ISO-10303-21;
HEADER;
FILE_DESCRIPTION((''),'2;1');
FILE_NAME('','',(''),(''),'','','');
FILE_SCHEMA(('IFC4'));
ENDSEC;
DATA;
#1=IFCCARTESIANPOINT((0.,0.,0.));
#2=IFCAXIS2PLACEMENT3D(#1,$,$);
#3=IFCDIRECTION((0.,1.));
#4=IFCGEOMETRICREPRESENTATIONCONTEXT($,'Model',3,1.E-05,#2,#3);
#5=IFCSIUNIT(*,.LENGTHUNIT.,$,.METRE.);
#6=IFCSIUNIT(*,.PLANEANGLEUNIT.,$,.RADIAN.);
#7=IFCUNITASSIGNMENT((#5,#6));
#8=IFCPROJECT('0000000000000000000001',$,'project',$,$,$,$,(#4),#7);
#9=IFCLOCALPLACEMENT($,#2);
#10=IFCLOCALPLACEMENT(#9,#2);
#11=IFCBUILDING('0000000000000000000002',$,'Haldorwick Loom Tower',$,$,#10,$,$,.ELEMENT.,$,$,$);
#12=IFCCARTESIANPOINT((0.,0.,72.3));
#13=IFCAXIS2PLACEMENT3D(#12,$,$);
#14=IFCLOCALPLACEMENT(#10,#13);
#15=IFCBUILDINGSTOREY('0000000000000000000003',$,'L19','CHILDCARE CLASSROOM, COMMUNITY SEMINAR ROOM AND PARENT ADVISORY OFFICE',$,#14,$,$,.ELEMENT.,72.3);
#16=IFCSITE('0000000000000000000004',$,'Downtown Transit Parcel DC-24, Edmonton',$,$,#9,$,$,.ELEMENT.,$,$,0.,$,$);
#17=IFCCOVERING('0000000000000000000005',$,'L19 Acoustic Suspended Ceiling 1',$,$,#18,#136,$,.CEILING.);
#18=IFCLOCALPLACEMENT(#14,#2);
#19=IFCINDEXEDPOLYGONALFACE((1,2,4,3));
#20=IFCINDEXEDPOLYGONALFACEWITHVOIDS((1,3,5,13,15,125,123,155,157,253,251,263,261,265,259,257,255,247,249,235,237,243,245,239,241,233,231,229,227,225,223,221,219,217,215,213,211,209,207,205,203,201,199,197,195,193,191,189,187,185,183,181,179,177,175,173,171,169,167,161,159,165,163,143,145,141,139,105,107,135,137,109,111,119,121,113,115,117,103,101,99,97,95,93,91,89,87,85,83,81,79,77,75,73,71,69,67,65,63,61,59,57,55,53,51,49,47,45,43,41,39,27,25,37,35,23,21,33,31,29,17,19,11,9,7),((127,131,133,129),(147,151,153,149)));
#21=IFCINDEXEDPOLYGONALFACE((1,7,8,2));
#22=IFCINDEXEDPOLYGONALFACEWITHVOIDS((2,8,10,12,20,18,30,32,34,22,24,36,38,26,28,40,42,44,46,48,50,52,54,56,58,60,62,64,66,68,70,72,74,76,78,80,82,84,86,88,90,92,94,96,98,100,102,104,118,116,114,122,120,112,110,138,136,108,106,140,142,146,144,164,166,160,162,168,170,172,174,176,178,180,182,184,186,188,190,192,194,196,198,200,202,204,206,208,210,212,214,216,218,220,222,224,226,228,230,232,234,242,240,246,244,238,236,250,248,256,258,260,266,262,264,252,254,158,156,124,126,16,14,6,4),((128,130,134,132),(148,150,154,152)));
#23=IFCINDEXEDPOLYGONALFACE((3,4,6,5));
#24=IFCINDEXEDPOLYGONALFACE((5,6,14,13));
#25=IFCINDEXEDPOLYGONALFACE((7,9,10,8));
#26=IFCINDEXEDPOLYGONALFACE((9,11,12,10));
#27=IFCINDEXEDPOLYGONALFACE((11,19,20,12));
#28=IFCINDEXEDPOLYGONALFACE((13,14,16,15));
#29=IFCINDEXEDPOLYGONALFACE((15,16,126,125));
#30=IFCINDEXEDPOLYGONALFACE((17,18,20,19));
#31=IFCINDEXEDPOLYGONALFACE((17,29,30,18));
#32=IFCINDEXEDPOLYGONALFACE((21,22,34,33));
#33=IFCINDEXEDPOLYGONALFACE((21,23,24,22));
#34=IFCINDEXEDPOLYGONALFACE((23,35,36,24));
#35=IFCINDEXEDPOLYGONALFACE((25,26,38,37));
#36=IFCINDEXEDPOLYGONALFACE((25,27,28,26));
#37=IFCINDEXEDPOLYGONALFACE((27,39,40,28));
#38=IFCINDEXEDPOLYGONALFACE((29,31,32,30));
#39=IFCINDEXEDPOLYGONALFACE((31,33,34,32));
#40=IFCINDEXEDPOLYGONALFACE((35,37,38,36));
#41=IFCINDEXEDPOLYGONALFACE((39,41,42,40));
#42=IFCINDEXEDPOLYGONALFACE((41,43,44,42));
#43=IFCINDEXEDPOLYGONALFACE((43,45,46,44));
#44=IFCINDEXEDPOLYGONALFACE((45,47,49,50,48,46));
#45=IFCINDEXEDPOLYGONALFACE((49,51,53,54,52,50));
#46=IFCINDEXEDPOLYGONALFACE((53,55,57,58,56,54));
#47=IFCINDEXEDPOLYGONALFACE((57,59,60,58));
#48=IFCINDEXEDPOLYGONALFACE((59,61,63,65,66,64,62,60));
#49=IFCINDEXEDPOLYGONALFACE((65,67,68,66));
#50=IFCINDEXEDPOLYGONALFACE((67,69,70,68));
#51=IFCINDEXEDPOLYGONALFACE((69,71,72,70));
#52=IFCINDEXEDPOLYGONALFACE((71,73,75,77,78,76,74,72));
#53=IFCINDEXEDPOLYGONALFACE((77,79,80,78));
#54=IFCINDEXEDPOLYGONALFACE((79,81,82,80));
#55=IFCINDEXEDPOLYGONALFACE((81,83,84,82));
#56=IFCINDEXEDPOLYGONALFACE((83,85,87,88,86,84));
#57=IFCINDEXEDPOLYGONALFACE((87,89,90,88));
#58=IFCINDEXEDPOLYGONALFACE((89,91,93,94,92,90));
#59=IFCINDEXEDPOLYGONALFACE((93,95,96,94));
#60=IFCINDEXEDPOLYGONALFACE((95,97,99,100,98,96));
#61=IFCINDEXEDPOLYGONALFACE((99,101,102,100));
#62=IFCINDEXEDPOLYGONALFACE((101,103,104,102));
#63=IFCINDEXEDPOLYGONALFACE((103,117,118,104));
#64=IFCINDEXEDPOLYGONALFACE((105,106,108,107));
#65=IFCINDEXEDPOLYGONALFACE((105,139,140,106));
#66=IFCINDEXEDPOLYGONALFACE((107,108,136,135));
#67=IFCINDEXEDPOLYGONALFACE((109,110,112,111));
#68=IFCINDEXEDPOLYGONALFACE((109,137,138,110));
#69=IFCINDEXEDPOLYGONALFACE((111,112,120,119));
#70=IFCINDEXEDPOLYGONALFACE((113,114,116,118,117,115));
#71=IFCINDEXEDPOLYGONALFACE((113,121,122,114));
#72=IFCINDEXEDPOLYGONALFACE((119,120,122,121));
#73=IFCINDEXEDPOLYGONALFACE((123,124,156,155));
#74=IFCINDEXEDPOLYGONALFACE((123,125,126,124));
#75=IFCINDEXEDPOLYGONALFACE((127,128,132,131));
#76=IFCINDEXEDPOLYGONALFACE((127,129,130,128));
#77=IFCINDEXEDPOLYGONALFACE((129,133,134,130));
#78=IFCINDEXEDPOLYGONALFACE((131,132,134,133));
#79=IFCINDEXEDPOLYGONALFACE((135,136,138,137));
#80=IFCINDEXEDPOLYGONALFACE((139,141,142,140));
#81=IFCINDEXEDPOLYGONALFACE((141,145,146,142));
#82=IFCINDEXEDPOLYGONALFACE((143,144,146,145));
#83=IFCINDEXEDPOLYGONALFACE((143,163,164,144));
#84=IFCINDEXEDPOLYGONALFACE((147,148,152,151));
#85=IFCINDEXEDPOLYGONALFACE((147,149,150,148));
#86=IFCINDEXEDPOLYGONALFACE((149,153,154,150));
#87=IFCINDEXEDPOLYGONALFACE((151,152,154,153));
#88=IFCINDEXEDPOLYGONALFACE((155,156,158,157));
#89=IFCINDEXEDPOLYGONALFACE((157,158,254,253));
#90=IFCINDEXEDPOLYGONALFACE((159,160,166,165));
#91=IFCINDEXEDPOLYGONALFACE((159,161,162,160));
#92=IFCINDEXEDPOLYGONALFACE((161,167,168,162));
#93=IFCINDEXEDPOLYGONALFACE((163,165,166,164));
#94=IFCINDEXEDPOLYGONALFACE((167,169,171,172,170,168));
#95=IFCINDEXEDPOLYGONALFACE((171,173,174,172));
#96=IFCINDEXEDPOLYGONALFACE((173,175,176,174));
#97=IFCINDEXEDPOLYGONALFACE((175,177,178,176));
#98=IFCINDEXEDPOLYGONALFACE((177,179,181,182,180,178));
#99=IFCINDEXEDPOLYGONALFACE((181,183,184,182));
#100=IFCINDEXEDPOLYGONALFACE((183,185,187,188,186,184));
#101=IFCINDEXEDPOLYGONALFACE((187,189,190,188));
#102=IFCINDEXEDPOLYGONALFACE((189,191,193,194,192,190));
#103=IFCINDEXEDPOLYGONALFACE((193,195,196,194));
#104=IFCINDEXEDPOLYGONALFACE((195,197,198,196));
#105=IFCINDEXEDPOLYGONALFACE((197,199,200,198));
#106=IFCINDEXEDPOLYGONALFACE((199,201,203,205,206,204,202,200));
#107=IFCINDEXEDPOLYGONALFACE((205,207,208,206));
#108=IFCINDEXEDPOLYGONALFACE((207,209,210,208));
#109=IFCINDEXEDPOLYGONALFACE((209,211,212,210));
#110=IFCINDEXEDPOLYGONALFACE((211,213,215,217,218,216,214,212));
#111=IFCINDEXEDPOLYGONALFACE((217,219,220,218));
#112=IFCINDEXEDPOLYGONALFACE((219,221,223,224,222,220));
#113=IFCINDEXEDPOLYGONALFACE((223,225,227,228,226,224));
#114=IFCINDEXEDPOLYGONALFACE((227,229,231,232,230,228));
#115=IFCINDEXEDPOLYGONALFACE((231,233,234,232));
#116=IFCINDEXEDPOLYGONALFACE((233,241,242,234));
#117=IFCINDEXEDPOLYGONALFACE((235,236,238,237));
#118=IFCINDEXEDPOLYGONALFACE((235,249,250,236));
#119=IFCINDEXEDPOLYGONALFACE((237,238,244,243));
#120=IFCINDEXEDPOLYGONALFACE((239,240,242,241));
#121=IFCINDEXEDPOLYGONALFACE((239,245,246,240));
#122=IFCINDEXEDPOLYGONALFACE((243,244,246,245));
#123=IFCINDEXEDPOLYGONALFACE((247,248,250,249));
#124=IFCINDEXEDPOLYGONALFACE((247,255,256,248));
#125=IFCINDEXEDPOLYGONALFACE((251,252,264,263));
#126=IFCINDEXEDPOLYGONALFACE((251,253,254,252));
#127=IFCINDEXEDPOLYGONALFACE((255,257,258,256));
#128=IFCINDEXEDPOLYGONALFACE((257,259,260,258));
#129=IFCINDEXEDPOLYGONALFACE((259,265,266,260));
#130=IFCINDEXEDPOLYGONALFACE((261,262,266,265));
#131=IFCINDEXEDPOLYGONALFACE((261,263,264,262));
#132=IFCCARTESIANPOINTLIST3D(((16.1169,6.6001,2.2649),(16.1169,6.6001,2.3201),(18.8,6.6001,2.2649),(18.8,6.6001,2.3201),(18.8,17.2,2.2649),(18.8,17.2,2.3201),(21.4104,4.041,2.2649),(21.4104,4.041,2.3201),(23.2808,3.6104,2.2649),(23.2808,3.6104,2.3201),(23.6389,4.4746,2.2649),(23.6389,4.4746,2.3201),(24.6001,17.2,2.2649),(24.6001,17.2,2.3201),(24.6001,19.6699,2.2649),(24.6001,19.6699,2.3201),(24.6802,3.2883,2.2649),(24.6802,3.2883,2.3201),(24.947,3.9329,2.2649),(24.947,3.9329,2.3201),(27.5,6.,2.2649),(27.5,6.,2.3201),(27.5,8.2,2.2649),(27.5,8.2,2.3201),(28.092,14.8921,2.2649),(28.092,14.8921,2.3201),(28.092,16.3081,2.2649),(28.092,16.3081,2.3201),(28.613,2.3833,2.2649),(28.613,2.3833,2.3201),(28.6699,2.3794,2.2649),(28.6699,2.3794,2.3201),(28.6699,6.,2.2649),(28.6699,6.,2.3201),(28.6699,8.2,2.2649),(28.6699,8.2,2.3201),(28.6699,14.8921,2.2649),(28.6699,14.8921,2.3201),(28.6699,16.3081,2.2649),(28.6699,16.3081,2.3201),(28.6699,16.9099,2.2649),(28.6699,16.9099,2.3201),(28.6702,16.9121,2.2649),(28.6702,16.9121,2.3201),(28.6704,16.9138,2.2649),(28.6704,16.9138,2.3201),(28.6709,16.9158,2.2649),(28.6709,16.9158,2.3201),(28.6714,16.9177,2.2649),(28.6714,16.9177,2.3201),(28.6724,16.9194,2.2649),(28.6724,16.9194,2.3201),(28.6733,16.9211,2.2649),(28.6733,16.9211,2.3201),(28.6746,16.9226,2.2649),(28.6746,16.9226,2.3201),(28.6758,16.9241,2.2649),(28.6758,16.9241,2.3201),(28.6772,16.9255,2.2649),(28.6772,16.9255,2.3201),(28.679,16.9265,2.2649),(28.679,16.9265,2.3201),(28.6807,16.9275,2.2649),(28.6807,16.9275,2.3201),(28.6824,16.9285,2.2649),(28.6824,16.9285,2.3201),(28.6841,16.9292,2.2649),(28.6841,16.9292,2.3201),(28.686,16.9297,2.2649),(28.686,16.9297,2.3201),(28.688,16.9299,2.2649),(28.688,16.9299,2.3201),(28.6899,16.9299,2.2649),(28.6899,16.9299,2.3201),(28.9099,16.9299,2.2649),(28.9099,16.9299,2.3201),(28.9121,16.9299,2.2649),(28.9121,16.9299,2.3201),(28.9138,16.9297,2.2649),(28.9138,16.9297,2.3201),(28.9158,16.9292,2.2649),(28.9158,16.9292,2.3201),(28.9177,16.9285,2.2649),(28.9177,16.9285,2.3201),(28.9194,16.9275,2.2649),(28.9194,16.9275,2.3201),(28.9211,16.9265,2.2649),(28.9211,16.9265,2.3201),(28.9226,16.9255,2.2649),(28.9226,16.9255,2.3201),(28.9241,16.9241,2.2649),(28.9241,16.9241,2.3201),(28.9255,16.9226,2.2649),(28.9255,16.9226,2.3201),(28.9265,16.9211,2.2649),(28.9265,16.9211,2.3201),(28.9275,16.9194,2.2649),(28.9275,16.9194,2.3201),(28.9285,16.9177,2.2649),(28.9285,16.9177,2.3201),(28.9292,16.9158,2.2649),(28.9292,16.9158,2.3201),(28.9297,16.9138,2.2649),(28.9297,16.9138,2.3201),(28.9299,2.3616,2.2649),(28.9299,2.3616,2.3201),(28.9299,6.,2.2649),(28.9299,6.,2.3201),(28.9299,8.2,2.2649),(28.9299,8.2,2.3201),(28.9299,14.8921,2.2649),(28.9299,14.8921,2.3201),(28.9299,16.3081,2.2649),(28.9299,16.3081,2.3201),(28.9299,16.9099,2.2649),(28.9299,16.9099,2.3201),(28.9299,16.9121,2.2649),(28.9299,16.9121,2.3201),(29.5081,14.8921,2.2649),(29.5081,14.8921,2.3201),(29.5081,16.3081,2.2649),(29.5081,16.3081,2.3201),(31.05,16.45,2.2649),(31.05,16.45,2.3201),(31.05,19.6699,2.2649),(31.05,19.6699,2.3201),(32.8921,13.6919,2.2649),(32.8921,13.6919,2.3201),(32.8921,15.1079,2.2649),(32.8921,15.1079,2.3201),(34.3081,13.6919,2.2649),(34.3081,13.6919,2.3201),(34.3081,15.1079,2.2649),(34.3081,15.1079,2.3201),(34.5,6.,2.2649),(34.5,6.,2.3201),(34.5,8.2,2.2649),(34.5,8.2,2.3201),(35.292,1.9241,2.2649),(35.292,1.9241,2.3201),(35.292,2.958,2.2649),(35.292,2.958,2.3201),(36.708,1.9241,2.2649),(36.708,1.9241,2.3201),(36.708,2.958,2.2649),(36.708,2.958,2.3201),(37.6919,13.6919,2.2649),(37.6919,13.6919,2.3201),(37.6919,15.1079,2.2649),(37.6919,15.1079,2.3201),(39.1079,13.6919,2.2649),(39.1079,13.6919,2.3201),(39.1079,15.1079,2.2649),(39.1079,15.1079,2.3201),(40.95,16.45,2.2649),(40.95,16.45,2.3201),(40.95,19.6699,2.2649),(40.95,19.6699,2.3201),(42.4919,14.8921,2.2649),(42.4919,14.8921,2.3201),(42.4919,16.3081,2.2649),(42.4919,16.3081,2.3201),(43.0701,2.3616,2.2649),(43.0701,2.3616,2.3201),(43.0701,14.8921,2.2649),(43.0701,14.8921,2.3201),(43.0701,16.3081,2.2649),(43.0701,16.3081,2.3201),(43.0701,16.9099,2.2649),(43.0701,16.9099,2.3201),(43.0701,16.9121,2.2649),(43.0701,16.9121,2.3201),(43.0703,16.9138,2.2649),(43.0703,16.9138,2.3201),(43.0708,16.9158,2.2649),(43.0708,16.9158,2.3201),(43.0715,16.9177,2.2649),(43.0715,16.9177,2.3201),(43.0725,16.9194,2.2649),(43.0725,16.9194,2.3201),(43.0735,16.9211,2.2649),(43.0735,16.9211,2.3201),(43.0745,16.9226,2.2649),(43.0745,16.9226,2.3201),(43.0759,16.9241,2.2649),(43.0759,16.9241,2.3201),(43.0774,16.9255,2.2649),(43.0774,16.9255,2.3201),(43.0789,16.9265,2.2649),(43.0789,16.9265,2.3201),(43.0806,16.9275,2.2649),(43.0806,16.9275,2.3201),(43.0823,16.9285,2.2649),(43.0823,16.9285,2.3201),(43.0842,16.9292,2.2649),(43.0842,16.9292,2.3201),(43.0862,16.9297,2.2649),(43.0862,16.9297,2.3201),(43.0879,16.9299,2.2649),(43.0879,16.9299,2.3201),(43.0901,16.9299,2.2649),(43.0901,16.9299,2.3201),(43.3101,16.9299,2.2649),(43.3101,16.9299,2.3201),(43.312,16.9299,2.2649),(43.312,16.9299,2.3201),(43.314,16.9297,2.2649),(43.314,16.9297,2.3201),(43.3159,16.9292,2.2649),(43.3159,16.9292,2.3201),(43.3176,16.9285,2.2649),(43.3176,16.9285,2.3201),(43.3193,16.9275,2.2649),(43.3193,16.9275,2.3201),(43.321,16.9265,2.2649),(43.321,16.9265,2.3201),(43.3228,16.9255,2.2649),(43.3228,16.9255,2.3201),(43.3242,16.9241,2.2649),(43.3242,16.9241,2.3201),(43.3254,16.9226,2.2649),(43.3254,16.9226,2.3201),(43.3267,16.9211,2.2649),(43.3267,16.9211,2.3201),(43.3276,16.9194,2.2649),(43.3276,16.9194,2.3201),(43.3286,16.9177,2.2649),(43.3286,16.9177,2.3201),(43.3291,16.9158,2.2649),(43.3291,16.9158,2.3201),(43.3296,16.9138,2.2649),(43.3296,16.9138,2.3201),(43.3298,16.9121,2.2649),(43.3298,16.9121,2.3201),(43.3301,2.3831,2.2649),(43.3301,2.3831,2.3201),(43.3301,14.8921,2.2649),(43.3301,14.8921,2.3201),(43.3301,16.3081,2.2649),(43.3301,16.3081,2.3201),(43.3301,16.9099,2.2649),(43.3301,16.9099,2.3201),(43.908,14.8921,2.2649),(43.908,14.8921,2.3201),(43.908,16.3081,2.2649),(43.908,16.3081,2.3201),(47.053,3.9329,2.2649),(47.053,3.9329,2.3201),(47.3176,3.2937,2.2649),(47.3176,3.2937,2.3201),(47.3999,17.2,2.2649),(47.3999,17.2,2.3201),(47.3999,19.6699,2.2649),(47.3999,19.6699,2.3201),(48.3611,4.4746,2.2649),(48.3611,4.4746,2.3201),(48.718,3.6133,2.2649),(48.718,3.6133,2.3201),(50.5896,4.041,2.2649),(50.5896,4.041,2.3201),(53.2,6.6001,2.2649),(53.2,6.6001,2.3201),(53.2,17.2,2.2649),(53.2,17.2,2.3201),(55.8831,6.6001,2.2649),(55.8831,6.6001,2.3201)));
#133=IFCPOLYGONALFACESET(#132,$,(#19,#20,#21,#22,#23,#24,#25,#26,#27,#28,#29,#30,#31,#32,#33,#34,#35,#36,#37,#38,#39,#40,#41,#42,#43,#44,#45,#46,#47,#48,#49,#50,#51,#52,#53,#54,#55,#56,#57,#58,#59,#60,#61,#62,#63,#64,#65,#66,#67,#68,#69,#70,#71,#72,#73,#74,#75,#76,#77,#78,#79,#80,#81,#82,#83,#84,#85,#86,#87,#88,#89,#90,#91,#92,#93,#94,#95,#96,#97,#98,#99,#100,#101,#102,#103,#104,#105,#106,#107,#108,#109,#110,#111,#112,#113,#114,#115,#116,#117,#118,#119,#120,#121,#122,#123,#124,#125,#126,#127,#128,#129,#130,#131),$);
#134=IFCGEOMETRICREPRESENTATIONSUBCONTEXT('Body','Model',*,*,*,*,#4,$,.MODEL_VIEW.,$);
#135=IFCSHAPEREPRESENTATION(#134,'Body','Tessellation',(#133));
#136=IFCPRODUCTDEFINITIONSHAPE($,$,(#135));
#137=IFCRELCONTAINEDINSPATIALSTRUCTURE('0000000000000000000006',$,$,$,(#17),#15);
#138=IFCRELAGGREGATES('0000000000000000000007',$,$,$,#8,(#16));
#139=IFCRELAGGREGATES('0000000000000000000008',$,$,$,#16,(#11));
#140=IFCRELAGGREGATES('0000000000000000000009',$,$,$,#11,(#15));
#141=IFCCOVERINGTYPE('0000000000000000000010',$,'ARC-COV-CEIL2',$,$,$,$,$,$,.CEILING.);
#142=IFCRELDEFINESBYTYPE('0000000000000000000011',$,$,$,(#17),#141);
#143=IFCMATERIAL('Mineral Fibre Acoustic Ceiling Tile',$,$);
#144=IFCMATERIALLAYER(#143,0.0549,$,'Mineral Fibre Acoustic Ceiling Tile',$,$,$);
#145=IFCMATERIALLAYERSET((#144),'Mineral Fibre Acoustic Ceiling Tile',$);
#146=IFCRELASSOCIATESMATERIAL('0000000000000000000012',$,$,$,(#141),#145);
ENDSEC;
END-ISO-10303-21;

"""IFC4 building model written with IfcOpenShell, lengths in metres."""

from ifc_helpers import new_model, si_unit, direction, frame, origin, place, context, subcontext, project, spatial, polyline, outline, extrude, material, layer, layer_set, type_object, element, save


model = new_model("IFC4")

# Units and contexts
model_context = context("Model", 3, precision=1e-05, world=origin(), true_north=direction((0.0, 1.0)))
body_context = subcontext(model_context, "Body", "Model", "MODEL_VIEW")
ifc_project = project(units=[si_unit("LENGTHUNIT", "METRE"), si_unit("PLANEANGLEUNIT", "RADIAN")], contexts=[model_context])

# Site, building, storey
site_placement = place(None, origin())
site = spatial("IfcSite", under=ifc_project, at=site_placement, Name="Downtown Transit Parcel DC-24, Edmonton", CompositionType="ELEMENT", RefElevation=0.0)
building_placement = place(site_placement, origin())
building = spatial("IfcBuilding", under=site, at=building_placement, Name="Haldorwick Loom Tower", CompositionType="ELEMENT")
storey_placement = place(building_placement, frame((0.0, 0.0, 72.3)))
storey = spatial("IfcBuildingStorey", under=building, at=storey_placement, Name="L19", Description="CHILDCARE CLASSROOM, COMMUNITY SEMINAR ROOM AND PARENT ADVISORY OFFICE", CompositionType="ELEMENT", Elevation=72.3)

# Covering
ifc_material_1 = material(Name="Mineral Fibre Acoustic Ceiling Tile")
ifc_layer_1 = layer(ifc_material_1, 0.0549, Name="Mineral Fibre Acoustic Ceiling Tile")
ifc_layer_set_1 = layer_set([ifc_layer_1], Name="Mineral Fibre Acoustic Ceiling Tile")
covering_type_1 = type_object("IfcCoveringType", Name="ARC-COV-CEIL2", PredefinedType="CEILING", material=ifc_layer_set_1)
covering_1_placement = place(storey_placement, frame((0.0, 0.0, 2.2649)))
element("IfcCovering", 1, at=covering_1_placement, inside=storey, type_object=covering_type_1, Name="L19 Acoustic Suspended Ceiling 1", PredefinedType="CEILING", context=body_context, shape_type="SweptSolid", body=[
    extrude(outline(polyline([(55.8831, 6.6001), (53.2, 6.6001), (53.2, 17.2), (47.3999, 17.2), (47.3999, 19.6699), (40.95, 19.6699), (40.95, 16.45), (31.05, 16.45), (31.05, 19.6699), (24.6001, 19.6699), (24.6001, 17.2), (18.8, 17.2), (18.8, 6.6001), (16.1169, 6.6001), (21.4104, 4.041), (23.2808, 3.6104), (23.6389, 4.4746), (24.947, 3.9329), (24.6802, 3.2883), (28.613, 2.3833), (28.6699, 2.3794), (28.6699, 6.0), (27.5, 6.0), (27.5, 8.2), (28.6699, 8.2), (28.6699, 14.8921), (28.092, 14.8921), (28.092, 16.3081), (28.6699, 16.3081), (28.6699, 16.9099), (28.6702, 16.9121), (28.6704, 16.9138), (28.6709, 16.9158), (28.6714, 16.9177), (28.6724, 16.9194), (28.6733, 16.9211), (28.6746, 16.9226), (28.6758, 16.9241), (28.6772, 16.9255), (28.679, 16.9265), (28.6807, 16.9275), (28.6824, 16.9285), (28.6841, 16.9292), (28.686, 16.9297), (28.688, 16.9299), (28.6899, 16.9299), (28.9099, 16.9299), (28.9121, 16.9299), (28.9138, 16.9297), (28.9158, 16.9292), (28.9177, 16.9285), (28.9194, 16.9275), (28.9211, 16.9265), (28.9226, 16.9255), (28.9241, 16.9241), (28.9255, 16.9226), (28.9265, 16.9211), (28.9275, 16.9194), (28.9285, 16.9177), (28.9292, 16.9158), (28.9297, 16.9138), (28.9299, 16.9121), (28.9299, 16.9099), (28.9299, 16.3081), (29.5081, 16.3081), (29.5081, 14.8921), (28.9299, 14.8921), (28.9299, 8.2), (34.5, 8.2), (34.5, 6.0), (28.9299, 6.0), (28.9299, 2.3616), (35.292, 1.9241), (35.292, 2.958), (36.708, 2.958), (36.708, 1.9241), (43.0701, 2.3616), (43.0701, 14.8921), (42.4919, 14.8921), (42.4919, 16.3081), (43.0701, 16.3081), (43.0701, 16.9099), (43.0701, 16.9121), (43.0703, 16.9138), (43.0708, 16.9158), (43.0715, 16.9177), (43.0725, 16.9194), (43.0735, 16.9211), (43.0745, 16.9226), (43.0759, 16.9241), (43.0774, 16.9255), (43.0789, 16.9265), (43.0806, 16.9275), (43.0823, 16.9285), (43.0842, 16.9292), (43.0862, 16.9297), (43.0879, 16.9299), (43.0901, 16.9299), (43.3101, 16.9299), (43.312, 16.9299), (43.314, 16.9297), (43.3159, 16.9292), (43.3176, 16.9285), (43.3193, 16.9275), (43.321, 16.9265), (43.3228, 16.9255), (43.3242, 16.9241), (43.3254, 16.9226), (43.3267, 16.9211), (43.3276, 16.9194), (43.3286, 16.9177), (43.3291, 16.9158), (43.3296, 16.9138), (43.3298, 16.9121), (43.3301, 16.9099), (43.3301, 16.3081), (43.908, 16.3081), (43.908, 14.8921), (43.3301, 14.8921), (43.3301, 2.3831), (47.3176, 3.2937), (47.053, 3.9329), (48.3611, 4.4746), (48.718, 3.6133), (50.5896, 4.041), (55.8831, 6.6001)]), holes=[polyline([(34.3081, 15.1079), (34.3081, 13.6919), (32.8921, 13.6919), (32.8921, 15.1079), (34.3081, 15.1079)]), polyline([(39.1079, 15.1079), (39.1079, 13.6919), (37.6919, 13.6919), (37.6919, 15.1079), (39.1079, 15.1079)])]), origin(), (0.0, 0.0, 1.0), 0.0552),
])

save(model, "model.ifc")
